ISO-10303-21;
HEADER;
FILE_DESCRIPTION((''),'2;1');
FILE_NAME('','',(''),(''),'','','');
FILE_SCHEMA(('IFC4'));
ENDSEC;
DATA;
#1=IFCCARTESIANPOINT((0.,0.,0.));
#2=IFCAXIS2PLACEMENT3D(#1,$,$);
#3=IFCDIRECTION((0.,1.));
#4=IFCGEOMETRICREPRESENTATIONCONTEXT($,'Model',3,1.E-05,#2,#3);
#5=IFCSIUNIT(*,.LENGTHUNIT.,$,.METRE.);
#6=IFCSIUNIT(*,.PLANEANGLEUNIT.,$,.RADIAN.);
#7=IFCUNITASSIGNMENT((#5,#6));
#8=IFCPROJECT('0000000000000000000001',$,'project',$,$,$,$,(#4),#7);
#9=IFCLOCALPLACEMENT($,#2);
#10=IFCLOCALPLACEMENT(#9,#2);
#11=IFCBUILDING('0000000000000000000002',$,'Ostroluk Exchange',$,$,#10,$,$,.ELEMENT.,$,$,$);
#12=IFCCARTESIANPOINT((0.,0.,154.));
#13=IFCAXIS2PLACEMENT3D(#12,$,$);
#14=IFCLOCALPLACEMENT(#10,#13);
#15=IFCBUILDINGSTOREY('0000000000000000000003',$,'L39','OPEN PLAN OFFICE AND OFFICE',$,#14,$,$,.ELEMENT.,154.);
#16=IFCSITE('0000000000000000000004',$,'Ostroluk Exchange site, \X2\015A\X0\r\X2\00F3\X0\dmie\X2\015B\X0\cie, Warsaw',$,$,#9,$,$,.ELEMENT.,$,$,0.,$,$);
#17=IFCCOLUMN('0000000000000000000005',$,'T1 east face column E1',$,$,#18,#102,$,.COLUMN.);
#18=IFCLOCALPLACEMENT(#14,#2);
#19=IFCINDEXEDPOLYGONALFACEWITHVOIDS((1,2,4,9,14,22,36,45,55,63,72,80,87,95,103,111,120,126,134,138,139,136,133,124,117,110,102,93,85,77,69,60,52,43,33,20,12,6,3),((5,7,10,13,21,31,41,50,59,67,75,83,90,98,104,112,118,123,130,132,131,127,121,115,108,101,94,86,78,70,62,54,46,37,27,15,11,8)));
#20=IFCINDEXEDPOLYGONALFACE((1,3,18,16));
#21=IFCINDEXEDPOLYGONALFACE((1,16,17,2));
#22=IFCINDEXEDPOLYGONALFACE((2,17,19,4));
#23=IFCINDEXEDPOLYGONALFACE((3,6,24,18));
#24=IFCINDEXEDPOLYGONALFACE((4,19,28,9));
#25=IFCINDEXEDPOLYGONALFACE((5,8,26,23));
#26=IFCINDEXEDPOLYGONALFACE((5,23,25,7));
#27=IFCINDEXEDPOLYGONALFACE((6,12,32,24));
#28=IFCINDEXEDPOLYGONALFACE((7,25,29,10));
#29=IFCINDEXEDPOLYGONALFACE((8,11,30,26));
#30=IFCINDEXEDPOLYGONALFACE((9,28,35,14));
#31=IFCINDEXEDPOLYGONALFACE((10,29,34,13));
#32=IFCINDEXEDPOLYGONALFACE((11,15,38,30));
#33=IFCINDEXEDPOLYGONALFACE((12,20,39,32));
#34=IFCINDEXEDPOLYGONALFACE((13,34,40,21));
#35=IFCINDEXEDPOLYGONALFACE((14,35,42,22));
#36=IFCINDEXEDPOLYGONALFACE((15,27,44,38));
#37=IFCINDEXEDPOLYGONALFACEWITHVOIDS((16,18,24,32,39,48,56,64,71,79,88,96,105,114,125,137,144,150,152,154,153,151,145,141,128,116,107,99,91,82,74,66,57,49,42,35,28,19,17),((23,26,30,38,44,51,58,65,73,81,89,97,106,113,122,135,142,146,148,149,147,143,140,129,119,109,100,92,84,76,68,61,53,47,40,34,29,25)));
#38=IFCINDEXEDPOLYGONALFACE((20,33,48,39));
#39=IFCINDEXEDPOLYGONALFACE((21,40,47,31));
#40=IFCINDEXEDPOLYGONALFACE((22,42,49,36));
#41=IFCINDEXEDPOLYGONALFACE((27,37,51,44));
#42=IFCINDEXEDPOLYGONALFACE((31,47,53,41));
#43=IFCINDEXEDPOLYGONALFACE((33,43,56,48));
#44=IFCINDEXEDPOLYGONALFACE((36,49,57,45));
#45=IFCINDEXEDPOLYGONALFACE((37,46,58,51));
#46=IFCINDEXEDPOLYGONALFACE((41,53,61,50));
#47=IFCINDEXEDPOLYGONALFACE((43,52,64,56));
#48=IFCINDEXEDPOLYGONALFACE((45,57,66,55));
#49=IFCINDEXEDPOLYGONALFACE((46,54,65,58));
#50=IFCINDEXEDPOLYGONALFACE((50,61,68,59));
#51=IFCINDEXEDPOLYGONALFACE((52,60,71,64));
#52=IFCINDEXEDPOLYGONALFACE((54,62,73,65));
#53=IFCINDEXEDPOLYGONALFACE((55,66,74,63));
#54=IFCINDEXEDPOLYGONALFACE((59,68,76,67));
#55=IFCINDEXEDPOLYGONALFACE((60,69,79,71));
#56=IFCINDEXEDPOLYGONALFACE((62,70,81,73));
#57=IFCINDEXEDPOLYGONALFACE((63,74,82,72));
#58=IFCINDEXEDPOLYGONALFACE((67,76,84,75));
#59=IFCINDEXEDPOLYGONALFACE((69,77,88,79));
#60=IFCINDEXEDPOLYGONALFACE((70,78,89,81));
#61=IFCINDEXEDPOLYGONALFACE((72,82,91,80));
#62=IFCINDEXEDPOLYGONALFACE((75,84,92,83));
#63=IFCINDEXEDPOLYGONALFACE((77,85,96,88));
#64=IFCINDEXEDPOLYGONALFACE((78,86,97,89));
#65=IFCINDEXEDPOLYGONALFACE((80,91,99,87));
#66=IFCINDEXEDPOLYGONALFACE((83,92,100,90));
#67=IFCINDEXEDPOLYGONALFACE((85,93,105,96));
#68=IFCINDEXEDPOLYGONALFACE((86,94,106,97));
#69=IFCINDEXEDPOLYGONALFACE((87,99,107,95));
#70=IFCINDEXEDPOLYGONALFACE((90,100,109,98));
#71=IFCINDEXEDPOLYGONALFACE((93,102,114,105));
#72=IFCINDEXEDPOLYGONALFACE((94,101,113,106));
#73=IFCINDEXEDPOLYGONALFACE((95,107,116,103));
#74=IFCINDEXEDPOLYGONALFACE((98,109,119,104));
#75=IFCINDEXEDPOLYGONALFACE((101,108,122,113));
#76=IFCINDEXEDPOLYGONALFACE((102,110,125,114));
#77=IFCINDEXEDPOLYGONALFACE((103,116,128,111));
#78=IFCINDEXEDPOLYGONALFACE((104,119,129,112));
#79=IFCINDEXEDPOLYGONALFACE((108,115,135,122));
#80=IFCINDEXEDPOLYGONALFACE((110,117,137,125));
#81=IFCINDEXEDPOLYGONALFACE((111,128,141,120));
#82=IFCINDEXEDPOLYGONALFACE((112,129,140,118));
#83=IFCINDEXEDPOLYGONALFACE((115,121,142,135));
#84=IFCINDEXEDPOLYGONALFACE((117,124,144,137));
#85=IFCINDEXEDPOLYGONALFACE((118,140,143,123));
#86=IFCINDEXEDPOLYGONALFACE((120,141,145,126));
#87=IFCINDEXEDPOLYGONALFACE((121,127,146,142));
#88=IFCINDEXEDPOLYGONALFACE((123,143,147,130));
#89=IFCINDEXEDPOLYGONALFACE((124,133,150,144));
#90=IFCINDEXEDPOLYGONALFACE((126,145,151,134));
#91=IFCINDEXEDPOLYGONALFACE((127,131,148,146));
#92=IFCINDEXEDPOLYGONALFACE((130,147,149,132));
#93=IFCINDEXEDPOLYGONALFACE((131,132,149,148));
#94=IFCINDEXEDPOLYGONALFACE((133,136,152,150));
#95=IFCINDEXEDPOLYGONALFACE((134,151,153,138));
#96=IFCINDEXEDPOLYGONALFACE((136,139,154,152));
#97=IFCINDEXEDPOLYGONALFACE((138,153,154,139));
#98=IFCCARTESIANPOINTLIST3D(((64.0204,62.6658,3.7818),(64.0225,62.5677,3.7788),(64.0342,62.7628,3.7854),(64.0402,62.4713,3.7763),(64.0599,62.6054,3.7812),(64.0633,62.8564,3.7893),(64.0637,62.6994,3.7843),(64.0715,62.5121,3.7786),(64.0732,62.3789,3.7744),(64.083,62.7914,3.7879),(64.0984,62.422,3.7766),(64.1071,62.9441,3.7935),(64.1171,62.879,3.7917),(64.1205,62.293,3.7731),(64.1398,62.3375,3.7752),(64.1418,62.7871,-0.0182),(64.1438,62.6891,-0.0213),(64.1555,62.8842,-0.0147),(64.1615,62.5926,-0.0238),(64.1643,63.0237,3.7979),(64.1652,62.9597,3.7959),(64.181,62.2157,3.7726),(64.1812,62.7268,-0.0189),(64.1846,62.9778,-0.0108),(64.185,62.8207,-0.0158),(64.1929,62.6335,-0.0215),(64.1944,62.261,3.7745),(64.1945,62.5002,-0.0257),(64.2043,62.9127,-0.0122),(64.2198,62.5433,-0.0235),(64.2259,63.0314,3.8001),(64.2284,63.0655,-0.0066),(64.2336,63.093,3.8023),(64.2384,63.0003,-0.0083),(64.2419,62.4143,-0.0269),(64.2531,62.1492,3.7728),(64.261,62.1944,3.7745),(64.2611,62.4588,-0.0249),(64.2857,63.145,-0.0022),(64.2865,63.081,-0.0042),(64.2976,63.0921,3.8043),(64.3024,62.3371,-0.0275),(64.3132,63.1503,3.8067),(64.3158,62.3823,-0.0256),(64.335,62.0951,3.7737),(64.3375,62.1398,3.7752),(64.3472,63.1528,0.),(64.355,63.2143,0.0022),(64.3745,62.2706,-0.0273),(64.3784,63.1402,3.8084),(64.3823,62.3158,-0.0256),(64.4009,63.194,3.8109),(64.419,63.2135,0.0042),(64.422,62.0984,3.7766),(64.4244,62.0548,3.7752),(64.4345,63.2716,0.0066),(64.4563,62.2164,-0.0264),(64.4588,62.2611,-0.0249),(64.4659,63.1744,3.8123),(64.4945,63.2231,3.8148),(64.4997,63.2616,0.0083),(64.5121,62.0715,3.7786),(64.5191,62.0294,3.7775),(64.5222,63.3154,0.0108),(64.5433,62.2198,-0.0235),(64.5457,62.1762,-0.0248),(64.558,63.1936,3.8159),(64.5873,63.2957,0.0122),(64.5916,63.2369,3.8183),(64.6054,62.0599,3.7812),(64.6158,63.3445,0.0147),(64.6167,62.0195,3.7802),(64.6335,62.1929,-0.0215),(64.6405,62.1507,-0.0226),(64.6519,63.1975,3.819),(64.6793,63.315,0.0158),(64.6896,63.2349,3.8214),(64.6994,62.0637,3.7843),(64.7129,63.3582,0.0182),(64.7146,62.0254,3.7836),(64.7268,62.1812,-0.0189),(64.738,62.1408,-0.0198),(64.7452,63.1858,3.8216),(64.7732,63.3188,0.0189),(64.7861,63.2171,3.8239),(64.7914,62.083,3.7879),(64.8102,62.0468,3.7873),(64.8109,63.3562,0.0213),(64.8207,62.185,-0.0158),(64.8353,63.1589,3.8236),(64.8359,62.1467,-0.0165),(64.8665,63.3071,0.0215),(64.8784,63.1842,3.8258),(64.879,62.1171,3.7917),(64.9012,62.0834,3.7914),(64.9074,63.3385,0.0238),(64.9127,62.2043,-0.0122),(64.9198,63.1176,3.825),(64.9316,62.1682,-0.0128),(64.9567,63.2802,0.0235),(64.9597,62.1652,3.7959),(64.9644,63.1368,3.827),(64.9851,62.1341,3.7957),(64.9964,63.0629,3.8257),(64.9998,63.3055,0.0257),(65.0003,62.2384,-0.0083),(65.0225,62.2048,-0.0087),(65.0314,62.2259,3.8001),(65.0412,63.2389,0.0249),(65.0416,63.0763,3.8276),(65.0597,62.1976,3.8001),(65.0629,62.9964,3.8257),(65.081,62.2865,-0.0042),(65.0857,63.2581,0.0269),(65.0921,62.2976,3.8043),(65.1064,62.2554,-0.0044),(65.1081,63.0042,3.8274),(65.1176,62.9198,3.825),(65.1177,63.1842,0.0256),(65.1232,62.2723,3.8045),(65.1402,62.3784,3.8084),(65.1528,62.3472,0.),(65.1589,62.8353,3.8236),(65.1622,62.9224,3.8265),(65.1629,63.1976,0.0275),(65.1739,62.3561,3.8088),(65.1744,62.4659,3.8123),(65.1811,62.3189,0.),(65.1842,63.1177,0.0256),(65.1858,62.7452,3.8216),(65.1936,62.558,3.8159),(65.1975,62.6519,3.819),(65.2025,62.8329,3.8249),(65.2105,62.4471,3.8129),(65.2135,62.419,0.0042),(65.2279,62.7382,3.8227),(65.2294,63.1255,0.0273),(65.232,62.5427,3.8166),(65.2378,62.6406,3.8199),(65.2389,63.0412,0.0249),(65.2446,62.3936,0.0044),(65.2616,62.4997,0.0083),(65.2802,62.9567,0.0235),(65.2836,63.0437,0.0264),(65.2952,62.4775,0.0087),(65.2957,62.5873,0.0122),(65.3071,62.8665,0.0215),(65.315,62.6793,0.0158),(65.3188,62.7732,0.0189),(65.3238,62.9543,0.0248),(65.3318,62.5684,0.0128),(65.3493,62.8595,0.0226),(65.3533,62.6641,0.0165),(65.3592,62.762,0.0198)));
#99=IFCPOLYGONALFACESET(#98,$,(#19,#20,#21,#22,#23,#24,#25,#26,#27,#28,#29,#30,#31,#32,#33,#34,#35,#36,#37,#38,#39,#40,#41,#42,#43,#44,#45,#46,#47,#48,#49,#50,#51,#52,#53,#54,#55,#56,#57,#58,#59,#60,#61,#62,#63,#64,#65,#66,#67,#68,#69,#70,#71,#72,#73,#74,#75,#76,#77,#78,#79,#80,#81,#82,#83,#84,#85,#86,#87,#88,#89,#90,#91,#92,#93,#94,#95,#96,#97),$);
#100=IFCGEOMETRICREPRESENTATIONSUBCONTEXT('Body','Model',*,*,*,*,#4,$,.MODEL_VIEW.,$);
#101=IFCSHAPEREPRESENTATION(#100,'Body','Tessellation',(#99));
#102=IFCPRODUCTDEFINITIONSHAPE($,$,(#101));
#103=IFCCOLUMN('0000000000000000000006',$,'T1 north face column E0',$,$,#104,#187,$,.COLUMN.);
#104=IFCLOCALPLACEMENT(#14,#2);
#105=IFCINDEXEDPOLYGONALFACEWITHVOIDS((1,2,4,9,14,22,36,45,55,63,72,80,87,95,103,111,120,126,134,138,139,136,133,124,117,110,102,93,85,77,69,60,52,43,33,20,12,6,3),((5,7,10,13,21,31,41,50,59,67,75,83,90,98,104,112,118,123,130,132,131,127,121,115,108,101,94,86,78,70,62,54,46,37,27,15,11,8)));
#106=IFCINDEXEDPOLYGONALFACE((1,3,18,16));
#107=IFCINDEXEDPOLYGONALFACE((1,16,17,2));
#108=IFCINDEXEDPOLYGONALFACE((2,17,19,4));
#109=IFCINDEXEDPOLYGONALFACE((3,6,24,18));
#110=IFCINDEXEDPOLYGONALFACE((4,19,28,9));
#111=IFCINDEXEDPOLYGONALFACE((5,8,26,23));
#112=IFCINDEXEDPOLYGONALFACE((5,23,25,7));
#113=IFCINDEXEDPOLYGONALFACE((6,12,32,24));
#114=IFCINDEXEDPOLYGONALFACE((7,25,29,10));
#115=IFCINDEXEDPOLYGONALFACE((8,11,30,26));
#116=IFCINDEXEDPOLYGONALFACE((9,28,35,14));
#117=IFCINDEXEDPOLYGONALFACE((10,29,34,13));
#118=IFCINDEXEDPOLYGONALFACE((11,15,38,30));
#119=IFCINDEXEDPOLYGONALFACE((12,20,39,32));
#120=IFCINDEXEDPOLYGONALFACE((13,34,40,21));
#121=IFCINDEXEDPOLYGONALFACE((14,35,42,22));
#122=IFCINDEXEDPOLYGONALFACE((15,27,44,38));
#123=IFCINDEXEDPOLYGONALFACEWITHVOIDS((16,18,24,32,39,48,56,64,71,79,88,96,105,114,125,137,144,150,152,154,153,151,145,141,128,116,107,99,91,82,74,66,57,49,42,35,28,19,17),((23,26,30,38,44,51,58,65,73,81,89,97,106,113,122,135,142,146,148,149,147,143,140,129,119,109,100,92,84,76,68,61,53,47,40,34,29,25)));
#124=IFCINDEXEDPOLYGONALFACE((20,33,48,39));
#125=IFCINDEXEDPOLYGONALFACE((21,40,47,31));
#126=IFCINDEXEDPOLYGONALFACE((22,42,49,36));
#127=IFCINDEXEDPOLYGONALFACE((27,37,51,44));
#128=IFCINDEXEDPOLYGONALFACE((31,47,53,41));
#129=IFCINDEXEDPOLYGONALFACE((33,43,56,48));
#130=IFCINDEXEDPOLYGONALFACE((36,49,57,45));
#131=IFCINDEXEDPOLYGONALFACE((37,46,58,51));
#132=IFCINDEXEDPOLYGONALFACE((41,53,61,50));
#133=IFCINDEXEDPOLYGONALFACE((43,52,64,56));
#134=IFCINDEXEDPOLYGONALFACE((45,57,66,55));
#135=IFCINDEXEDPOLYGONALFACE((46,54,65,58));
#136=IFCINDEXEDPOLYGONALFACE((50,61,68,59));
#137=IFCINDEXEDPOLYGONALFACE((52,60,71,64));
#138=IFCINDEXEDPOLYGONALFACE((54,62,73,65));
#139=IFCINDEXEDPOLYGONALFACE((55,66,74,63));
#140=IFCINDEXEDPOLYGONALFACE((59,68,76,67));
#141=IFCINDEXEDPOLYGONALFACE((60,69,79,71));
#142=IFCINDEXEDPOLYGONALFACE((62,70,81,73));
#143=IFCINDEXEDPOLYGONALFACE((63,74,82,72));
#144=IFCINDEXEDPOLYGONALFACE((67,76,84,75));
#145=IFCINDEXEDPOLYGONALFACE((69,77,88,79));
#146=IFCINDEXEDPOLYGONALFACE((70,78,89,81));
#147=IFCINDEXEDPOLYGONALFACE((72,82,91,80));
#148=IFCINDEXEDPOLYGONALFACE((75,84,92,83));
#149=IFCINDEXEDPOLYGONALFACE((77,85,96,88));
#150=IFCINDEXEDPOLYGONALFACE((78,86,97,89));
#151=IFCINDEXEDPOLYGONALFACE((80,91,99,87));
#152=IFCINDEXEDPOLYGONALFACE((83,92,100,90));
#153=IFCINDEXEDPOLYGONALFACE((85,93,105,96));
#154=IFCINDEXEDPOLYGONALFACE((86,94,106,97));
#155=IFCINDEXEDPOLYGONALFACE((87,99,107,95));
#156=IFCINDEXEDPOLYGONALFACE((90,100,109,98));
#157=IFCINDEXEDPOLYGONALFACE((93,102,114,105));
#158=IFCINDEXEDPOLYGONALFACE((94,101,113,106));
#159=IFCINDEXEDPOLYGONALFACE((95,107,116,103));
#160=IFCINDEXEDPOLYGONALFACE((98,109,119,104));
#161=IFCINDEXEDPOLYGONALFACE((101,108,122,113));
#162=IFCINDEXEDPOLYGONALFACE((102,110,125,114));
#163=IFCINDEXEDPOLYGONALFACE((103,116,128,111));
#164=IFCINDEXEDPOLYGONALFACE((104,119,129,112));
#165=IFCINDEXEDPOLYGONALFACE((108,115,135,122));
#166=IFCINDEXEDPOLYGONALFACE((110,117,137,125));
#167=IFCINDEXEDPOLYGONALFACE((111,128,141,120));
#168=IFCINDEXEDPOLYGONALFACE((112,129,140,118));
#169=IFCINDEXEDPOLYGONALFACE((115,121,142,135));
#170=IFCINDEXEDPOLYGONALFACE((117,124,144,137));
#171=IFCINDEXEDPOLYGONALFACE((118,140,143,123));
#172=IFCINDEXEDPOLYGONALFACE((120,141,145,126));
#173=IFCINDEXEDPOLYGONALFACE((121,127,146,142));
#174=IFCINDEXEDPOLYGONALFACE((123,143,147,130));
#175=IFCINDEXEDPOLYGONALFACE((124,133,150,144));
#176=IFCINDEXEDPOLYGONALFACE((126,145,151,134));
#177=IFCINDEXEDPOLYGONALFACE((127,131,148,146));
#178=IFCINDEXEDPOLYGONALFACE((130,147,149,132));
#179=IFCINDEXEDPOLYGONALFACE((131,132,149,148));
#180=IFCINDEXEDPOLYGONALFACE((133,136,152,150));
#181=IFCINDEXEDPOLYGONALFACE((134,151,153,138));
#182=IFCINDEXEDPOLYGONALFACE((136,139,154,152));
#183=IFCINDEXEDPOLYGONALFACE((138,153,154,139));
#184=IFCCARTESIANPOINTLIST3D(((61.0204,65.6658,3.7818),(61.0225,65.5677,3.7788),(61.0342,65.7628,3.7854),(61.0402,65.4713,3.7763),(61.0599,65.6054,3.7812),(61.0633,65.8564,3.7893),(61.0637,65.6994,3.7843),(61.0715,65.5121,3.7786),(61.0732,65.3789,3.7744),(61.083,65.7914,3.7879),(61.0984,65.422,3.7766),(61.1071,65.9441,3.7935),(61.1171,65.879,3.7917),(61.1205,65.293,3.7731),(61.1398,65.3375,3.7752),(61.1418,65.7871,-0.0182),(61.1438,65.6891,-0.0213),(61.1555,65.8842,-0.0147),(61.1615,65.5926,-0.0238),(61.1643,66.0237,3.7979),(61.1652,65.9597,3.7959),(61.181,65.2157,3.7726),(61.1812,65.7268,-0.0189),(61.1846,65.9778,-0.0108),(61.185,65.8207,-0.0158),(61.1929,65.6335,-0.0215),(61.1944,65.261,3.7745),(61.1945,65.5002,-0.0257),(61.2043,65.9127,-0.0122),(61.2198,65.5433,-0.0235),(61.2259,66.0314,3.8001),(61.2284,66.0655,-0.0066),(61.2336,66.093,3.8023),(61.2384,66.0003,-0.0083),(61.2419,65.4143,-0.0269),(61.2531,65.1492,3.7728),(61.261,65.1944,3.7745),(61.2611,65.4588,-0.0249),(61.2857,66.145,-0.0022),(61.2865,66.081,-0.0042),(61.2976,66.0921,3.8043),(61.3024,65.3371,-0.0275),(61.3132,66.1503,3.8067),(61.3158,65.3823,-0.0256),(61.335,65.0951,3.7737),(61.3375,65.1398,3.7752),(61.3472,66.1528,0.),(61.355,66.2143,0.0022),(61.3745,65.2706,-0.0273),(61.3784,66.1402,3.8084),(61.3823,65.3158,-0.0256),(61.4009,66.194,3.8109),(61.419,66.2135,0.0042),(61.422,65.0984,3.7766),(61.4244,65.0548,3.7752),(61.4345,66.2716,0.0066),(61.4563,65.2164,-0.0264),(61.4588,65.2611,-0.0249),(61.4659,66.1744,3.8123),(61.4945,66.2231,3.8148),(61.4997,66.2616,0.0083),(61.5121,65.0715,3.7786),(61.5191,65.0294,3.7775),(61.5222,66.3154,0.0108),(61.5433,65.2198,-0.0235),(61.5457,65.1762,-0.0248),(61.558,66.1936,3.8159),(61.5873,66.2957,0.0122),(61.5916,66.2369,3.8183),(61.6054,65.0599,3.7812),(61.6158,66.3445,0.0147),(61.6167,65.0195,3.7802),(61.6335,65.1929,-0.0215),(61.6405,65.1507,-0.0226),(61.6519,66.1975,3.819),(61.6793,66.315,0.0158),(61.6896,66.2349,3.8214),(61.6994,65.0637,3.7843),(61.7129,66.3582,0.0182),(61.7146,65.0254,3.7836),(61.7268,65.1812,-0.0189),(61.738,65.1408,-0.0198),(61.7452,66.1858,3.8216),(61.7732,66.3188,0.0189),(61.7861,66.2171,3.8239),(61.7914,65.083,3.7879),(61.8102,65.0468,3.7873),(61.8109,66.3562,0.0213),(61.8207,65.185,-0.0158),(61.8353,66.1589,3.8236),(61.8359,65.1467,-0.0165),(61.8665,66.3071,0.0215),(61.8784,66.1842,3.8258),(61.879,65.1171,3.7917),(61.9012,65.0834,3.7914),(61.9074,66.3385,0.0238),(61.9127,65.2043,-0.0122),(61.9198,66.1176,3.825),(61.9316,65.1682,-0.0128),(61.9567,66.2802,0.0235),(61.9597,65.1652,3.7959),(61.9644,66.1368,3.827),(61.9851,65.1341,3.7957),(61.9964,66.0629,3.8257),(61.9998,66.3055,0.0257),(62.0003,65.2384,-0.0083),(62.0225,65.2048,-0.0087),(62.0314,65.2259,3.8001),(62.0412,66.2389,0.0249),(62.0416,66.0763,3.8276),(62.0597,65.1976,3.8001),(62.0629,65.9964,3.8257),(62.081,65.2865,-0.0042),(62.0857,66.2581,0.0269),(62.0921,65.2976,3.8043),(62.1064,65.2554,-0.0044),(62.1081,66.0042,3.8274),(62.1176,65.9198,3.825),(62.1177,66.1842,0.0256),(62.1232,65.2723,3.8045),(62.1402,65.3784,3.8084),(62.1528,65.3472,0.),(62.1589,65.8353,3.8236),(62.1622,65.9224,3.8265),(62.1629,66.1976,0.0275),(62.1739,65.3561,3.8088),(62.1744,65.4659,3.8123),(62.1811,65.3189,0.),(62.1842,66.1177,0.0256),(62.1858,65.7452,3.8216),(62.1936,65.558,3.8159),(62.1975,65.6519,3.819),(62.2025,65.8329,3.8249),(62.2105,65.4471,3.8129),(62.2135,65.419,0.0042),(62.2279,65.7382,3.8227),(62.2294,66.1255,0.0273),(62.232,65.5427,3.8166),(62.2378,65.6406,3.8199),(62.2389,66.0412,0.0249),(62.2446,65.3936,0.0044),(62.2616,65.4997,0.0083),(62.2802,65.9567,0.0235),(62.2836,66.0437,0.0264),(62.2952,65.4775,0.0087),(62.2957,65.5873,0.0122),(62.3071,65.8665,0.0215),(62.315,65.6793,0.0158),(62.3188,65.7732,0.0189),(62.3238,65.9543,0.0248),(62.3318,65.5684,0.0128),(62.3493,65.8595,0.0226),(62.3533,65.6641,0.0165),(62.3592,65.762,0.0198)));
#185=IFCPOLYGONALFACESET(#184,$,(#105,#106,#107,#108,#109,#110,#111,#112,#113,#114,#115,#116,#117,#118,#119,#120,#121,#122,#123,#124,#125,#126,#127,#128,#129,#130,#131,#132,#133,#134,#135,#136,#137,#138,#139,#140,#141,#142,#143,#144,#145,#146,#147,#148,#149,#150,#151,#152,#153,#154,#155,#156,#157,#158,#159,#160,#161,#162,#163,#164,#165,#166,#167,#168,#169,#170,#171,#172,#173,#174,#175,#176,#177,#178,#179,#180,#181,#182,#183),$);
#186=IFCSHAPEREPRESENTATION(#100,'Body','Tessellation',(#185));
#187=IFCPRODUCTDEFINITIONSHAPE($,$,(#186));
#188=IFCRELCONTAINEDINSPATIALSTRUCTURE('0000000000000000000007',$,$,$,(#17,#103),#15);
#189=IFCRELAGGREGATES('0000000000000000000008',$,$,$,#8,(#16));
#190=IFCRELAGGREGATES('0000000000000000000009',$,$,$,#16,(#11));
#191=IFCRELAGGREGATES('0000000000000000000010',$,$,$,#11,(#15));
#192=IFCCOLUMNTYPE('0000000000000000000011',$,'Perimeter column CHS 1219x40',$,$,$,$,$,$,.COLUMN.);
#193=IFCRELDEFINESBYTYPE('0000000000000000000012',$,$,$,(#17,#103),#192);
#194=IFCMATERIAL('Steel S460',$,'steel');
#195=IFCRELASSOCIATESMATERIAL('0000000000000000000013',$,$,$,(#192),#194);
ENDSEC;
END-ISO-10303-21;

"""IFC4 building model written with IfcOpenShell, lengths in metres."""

from ifc_helpers import new_model, si_unit, direction, frame, origin, origin_2d, place, context, subcontext, project, spatial, hollow_circle, extrude, material, material_profile, profile_set, type_object, element, save


model = new_model("IFC4")

# Units and contexts
model_context = context("Model", 3, precision=1e-05, world=origin(), true_north=direction((0.0, 1.0)))
body_context = subcontext(model_context, "Body", "Model", "MODEL_VIEW")
ifc_project = project(units=[si_unit("LENGTHUNIT", "METRE"), si_unit("PLANEANGLEUNIT", "RADIAN")], contexts=[model_context])

# Site, building, storey
site_placement = place(None, origin())
site = spatial("IfcSite", under=ifc_project, at=site_placement, Name="Ostroluk Exchange site, Śródmieście, Warsaw", CompositionType="ELEMENT", RefElevation=0.0)
building_placement = place(site_placement, origin())
building = spatial("IfcBuilding", under=site, at=building_placement, Name="Ostroluk Exchange", CompositionType="ELEMENT")
storey_placement = place(building_placement, frame((0.0, 0.0, 154.0)))
storey = spatial("IfcBuildingStorey", under=building, at=storey_placement, Name="L39", Description="OPEN PLAN OFFICE AND OFFICE", CompositionType="ELEMENT", Elevation=154.0)

# Columns
ifc_material_1 = material(Name="Steel S460", Category="steel")
ifc_material_profile_1 = material_profile(ifc_material_1, hollow_circle(Radius=0.6096, WallThickness=0.04, at=origin_2d()), Name="CHS 1219x40")
ifc_profile_set_1 = profile_set([ifc_material_profile_1], Name="Steel S460")
column_type = type_object("IfcColumnType", Name="Perimeter column CHS 1219x40", PredefinedType="COLUMN", material=ifc_profile_set_1)
for number, where, z_axis, x_axis, name in (
    (1, (64.75, 62.75, 0.0), (-0.031898, -0.031898, 0.998982), (0.707107, -0.707107, 0.0), "T1 east face column E1"),
    (2, (61.75, 65.75, 0.0), (-0.031898, -0.031898, 0.998982), (0.707107, -0.707107, 0.0), "T1 north face column E0"),
):
    element("IfcColumn", number, at=place(storey_placement, frame(where, z_axis=z_axis, x_axis=x_axis)), inside=storey, type_object=column_type, Name=name, PredefinedType="COLUMN", context=body_context, shape_type="SweptSolid", body=[
        extrude(hollow_circle(Radius=0.6096, WallThickness=0.04, at=origin_2d()), origin(), (0.0, 0.0, 1.0), 3.804),
    ])

save(model, "model.ifc")
